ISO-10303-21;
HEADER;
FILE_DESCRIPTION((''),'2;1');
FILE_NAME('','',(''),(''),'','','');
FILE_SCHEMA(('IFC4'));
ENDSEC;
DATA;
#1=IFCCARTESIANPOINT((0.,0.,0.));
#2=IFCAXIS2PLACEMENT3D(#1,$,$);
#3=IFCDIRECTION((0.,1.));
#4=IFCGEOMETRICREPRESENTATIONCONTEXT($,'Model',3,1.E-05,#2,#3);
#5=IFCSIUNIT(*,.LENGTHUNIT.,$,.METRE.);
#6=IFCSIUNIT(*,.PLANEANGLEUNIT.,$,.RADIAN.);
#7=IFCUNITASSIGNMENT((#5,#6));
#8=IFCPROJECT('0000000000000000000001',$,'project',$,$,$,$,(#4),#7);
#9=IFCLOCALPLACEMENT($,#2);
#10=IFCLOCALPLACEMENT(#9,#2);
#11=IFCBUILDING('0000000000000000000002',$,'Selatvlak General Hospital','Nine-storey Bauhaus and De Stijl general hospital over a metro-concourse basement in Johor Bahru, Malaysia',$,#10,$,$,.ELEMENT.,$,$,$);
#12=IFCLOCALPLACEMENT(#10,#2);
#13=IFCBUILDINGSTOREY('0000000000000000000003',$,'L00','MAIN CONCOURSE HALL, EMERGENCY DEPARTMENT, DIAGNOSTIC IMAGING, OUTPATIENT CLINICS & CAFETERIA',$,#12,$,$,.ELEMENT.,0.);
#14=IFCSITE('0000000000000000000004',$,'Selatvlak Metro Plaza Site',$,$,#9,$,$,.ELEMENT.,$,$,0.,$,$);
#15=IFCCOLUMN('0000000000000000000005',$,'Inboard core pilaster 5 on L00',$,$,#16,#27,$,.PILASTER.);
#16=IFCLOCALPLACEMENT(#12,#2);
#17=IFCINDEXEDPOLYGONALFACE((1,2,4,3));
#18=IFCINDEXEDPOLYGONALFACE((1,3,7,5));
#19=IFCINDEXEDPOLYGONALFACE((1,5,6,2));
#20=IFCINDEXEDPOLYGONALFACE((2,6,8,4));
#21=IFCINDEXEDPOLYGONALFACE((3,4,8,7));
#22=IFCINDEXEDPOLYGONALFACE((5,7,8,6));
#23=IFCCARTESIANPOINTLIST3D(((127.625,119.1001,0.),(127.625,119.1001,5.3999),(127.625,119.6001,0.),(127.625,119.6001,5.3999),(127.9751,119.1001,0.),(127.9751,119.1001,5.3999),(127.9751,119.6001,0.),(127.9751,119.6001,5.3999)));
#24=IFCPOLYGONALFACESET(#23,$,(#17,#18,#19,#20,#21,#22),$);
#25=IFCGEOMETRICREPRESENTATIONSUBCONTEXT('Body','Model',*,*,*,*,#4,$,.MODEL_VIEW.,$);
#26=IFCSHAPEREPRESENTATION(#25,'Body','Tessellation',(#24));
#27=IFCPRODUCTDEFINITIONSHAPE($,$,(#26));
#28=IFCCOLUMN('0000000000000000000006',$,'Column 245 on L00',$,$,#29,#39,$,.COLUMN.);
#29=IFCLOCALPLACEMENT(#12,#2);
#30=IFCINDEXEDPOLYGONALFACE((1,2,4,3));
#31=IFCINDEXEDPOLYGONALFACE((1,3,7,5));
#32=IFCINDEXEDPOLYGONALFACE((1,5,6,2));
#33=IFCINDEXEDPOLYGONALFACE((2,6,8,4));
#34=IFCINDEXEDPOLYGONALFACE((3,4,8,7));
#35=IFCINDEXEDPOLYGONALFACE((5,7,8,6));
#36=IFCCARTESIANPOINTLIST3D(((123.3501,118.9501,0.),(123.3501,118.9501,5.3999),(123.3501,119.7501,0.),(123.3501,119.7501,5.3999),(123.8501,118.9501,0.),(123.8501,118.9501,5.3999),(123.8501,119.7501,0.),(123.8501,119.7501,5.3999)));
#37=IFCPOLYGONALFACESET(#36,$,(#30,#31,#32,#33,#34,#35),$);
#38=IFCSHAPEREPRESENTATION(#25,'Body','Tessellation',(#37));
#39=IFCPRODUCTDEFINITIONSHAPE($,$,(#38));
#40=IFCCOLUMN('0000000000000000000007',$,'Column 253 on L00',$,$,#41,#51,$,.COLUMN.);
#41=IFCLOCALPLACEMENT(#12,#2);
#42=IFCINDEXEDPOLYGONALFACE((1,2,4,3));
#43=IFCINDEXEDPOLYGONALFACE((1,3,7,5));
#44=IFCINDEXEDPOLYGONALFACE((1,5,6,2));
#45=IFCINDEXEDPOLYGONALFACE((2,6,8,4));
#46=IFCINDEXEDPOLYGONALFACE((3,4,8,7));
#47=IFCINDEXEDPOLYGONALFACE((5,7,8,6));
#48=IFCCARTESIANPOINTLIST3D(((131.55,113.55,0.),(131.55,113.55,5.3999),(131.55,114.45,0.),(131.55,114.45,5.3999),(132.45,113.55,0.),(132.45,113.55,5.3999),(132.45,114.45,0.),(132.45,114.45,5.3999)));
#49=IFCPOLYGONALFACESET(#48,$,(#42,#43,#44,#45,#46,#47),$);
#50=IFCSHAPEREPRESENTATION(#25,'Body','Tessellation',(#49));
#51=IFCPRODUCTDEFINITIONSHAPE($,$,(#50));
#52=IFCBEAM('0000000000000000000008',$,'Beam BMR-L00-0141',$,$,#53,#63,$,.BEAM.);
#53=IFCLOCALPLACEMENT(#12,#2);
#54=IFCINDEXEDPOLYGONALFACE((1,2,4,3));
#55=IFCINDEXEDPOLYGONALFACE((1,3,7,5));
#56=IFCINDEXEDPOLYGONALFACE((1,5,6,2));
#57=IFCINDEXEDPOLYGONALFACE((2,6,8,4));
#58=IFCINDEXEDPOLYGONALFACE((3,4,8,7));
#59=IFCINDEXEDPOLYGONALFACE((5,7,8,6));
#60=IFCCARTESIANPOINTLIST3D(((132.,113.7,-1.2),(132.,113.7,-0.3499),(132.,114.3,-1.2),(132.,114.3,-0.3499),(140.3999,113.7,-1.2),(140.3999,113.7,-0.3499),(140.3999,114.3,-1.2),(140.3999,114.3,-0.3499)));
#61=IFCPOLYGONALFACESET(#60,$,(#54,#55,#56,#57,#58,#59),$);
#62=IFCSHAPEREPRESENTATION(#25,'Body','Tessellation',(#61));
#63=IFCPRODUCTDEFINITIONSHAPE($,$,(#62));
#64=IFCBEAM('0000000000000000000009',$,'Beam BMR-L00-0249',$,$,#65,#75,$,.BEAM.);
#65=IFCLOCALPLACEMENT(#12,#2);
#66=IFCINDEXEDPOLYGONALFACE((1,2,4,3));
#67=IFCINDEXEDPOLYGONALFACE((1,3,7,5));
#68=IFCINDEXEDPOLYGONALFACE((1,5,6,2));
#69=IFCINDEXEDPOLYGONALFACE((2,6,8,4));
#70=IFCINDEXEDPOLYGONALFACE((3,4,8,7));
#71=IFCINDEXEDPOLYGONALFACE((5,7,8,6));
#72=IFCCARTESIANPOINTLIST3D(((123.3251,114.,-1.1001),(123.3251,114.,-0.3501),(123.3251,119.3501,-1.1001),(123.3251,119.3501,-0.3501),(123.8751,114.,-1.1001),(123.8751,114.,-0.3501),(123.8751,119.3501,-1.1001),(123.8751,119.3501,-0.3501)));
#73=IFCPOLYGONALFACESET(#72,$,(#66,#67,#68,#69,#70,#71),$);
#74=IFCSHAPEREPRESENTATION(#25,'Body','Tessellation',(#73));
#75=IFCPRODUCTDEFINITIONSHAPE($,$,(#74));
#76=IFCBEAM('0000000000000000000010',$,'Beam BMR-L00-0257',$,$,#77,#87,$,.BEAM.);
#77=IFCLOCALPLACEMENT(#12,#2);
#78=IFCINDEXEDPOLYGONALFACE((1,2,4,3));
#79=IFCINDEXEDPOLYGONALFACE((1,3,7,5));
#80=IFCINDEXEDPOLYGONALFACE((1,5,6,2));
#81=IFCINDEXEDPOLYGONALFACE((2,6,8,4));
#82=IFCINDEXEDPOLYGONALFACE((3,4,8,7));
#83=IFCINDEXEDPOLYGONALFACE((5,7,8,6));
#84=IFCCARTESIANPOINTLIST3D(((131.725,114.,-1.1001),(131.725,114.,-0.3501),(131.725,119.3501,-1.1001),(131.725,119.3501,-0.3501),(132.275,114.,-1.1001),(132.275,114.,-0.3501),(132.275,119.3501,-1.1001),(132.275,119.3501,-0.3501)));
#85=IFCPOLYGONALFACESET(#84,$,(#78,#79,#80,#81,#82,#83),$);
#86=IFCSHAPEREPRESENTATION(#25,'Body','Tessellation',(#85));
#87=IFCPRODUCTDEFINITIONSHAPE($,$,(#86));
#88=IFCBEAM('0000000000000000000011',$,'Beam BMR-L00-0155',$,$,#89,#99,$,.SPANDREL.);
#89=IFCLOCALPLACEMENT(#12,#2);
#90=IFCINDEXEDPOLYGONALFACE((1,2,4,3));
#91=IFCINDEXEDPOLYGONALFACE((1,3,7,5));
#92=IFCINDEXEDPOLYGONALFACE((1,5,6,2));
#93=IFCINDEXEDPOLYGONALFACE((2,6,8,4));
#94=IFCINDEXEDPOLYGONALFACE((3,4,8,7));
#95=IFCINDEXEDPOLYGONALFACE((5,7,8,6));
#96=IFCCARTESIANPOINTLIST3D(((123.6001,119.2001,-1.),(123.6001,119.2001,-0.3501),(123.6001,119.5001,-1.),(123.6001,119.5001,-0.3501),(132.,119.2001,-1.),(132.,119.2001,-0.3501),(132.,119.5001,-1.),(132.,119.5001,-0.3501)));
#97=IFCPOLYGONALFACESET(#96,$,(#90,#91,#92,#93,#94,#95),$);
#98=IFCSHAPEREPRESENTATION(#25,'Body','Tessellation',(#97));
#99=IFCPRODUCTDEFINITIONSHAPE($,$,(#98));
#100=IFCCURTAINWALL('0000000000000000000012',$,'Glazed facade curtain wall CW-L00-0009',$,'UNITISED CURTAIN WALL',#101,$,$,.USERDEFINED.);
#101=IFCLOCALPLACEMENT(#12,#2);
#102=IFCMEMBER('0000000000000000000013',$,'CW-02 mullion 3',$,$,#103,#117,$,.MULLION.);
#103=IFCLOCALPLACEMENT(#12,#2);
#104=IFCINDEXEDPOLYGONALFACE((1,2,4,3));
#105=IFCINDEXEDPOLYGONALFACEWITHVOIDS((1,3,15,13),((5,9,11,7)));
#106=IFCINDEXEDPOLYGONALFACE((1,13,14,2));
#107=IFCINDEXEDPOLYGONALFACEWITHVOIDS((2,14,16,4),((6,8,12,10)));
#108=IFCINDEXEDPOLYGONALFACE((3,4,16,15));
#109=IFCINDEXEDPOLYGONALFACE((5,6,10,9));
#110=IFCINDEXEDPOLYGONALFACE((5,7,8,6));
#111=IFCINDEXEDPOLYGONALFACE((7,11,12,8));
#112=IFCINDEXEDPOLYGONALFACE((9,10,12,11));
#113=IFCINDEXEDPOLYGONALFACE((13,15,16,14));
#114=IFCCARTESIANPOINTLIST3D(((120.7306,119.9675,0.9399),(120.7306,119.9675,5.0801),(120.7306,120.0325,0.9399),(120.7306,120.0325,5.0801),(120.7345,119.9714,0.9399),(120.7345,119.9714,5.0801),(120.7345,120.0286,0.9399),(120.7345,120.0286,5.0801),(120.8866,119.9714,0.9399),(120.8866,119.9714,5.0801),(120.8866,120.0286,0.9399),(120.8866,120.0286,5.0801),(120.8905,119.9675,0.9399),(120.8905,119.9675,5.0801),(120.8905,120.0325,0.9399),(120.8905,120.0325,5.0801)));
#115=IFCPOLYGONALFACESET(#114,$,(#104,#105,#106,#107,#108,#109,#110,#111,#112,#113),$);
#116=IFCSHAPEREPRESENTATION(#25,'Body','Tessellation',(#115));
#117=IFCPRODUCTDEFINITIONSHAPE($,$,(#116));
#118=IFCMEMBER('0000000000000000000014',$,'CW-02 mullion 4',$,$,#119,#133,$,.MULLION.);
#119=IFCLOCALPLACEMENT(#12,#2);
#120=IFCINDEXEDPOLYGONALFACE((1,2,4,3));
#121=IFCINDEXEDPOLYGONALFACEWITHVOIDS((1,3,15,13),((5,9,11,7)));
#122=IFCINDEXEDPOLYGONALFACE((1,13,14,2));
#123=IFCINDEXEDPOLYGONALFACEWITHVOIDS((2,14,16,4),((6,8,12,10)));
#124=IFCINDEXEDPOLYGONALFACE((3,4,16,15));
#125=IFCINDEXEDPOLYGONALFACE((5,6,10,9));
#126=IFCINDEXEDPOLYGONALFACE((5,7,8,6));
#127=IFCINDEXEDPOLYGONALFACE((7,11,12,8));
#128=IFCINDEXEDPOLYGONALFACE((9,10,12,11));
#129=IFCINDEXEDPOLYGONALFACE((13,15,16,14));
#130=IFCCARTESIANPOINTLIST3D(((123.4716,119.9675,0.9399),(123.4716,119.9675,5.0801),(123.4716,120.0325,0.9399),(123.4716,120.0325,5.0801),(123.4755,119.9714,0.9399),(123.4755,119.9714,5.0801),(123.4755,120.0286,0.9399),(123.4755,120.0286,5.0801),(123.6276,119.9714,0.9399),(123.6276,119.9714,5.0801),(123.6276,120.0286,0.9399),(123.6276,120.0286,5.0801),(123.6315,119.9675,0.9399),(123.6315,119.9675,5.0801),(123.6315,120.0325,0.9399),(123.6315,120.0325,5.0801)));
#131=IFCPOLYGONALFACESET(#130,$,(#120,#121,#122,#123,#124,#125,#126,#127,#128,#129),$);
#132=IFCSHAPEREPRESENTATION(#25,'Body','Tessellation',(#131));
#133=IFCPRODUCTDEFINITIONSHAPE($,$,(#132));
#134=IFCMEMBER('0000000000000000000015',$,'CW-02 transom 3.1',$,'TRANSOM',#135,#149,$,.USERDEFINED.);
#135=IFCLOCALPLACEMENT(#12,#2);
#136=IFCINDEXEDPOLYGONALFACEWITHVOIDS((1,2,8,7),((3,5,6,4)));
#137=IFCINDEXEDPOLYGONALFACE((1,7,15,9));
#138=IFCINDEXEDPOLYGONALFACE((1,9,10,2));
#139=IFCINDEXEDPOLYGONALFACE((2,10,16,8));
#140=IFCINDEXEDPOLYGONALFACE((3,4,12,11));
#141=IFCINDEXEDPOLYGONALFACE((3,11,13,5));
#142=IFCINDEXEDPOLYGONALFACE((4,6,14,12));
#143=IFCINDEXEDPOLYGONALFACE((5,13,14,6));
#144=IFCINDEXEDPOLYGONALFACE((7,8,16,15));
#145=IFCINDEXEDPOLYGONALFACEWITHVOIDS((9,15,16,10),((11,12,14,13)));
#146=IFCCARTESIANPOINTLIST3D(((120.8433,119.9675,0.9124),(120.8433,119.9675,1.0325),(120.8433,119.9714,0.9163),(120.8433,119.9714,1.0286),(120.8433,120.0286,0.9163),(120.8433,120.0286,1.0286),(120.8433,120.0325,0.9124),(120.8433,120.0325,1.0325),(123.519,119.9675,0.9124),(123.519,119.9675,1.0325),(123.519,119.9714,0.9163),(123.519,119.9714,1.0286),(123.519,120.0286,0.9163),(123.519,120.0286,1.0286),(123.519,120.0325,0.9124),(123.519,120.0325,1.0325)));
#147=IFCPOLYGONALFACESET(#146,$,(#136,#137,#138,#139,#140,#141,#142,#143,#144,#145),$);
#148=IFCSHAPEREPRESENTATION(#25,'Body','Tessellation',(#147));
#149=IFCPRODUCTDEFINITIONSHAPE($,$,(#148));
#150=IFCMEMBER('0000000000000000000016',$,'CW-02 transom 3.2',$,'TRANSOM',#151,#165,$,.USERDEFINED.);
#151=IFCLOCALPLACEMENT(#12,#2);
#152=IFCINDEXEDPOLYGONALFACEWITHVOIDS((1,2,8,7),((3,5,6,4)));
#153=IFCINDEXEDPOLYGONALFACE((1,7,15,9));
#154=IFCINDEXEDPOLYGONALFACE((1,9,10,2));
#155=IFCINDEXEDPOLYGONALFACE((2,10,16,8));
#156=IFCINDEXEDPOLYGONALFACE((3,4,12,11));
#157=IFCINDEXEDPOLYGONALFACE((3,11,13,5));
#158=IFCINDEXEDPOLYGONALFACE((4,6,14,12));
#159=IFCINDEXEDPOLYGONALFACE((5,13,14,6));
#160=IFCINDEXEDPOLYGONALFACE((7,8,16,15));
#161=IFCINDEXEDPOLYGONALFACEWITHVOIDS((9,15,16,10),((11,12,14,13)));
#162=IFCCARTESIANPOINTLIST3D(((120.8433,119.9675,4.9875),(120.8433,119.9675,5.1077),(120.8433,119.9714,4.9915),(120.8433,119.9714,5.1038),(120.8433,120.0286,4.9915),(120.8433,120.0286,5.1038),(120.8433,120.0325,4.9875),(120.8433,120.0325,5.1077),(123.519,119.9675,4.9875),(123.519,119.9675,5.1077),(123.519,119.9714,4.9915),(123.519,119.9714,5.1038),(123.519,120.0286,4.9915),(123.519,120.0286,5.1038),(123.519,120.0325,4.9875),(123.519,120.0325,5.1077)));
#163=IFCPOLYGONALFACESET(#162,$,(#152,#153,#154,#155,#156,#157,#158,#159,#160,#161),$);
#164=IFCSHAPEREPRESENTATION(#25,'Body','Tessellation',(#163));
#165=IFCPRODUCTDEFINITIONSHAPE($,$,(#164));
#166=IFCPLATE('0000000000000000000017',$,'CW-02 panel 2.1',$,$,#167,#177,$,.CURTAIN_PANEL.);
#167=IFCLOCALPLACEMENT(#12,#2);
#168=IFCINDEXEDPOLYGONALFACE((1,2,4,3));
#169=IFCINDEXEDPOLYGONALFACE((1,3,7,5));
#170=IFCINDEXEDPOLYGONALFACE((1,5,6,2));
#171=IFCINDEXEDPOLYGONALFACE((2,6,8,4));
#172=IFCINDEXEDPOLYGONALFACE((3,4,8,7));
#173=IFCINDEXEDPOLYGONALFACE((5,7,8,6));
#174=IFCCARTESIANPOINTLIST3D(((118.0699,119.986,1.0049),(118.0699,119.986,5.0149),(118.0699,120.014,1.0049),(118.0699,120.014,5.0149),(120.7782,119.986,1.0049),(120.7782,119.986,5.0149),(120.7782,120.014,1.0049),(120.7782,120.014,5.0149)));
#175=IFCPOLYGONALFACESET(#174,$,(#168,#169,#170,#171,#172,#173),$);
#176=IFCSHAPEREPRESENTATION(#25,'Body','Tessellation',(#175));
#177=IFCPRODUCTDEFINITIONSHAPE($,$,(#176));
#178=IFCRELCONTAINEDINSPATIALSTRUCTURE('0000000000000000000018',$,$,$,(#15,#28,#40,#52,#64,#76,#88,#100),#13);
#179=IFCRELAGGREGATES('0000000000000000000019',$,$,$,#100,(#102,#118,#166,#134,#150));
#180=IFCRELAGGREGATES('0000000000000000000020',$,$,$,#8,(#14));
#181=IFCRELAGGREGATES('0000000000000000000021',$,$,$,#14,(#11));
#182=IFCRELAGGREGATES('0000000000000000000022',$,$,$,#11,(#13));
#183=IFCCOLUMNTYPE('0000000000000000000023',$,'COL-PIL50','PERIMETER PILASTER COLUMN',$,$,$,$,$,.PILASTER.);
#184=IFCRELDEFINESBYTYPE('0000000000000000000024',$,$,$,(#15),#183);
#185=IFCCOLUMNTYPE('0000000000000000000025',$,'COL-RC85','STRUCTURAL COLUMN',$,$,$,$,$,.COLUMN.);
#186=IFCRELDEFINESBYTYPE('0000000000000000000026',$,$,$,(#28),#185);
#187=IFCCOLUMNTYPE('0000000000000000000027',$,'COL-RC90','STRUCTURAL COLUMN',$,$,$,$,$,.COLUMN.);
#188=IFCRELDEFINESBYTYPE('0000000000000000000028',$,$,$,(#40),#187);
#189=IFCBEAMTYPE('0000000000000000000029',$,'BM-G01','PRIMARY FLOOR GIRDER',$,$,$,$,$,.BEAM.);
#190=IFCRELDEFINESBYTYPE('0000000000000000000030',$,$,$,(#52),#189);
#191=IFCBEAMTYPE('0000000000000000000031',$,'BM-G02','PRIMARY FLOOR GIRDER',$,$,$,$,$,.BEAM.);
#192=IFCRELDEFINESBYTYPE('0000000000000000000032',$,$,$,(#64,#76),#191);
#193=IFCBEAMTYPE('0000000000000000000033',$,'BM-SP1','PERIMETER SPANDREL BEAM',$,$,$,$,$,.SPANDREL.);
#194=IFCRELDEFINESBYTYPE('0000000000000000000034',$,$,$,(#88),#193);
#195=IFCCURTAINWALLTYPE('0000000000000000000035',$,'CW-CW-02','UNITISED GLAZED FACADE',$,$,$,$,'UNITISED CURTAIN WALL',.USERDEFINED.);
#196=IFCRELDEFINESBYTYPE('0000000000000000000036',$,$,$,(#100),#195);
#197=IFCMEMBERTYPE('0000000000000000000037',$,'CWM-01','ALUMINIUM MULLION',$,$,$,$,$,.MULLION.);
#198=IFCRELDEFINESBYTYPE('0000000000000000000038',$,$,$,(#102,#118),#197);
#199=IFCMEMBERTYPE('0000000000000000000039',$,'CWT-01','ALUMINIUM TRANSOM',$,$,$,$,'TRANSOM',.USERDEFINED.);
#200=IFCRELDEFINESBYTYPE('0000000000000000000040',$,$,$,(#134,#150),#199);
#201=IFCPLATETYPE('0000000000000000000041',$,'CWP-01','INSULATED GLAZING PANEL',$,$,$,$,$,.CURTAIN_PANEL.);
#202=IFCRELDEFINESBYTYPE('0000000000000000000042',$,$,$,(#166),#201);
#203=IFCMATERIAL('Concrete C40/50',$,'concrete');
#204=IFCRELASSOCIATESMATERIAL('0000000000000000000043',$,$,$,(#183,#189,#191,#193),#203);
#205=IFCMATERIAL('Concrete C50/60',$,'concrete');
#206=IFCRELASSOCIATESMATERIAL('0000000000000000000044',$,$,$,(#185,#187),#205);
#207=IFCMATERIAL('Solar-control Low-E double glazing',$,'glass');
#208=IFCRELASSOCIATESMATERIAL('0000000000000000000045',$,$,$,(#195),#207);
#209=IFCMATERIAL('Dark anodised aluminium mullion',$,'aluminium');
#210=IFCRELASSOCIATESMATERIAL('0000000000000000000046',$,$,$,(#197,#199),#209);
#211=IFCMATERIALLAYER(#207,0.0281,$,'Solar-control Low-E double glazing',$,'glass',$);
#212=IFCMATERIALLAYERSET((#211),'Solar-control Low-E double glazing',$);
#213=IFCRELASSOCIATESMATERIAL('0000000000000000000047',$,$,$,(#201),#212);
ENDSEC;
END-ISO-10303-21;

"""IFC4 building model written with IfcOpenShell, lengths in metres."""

from ifc_helpers import new_model, si_unit, direction, frame, origin, origin_2d, place, context, subcontext, project, spatial, rectangle, hollow_rectangle, extrude, material, layer, layer_set, material_profile, profile_set, type_object, element, aggregate, save


model = new_model("IFC4")

# Units and contexts
model_context = context("Model", 3, precision=1e-05, world=origin(), true_north=direction((0.0, 1.0)))
body_context = subcontext(model_context, "Body", "Model", "MODEL_VIEW")
ifc_project = project(units=[si_unit("LENGTHUNIT", "METRE"), si_unit("PLANEANGLEUNIT", "RADIAN")], contexts=[model_context])

# Site, building, storey
site_placement = place(None, origin())
site = spatial("IfcSite", under=ifc_project, at=site_placement, Name="Selatvlak Metro Plaza Site", CompositionType="ELEMENT", RefElevation=0.0)
building_placement = place(site_placement, origin())
building = spatial("IfcBuilding", under=site, at=building_placement, Name="Selatvlak General Hospital", Description="Nine-storey Bauhaus and De Stijl general hospital over a metro-concourse basement in Johor Bahru, Malaysia", CompositionType="ELEMENT")
storey_placement = place(building_placement, origin())
storey = spatial("IfcBuildingStorey", under=building, at=storey_placement, Name="L00", Description="MAIN CONCOURSE HALL, EMERGENCY DEPARTMENT, DIAGNOSTIC IMAGING, OUTPATIENT CLINICS & CAFETERIA", CompositionType="ELEMENT", Elevation=0.0)

# Columns
ifc_material_1 = material(Name="Concrete C40/50", Category="concrete")
ifc_material_profile_1 = material_profile(ifc_material_1, rectangle(XDim=0.3501, YDim=0.5, at=origin_2d()), Name="RC-PIL 500x350")
ifc_profile_set_1 = profile_set([ifc_material_profile_1], Name="Concrete C40/50")
column_type_1 = type_object("IfcColumnType", Name="COL-PIL50", Description="PERIMETER PILASTER COLUMN", PredefinedType="PILASTER", material=ifc_profile_set_1)
column_1_placement = place(storey_placement, frame((127.8, 119.3501, 0.0), z_axis=(0.0, 0.0, 1.0), x_axis=(1.0, 0.0, 0.0)))
element("IfcColumn", 1, at=column_1_placement, inside=storey, type_object=column_type_1, Name="Inboard core pilaster 5 on L00", PredefinedType="PILASTER", context=body_context, shape_type="SweptSolid", body=[
    extrude(rectangle(XDim=0.3501, YDim=0.5, at=origin_2d()), origin(), (0.0, 0.0, 1.0), 5.3999),
])
ifc_material_2 = material(Name="Concrete C50/60", Category="concrete")
ifc_material_profile_2 = material_profile(ifc_material_2, rectangle(XDim=0.5, YDim=0.8, at=origin_2d()), Name="RC-COL 800x500")
ifc_profile_set_2 = profile_set([ifc_material_profile_2], Name="Concrete C50/60")
column_type_2 = type_object("IfcColumnType", Name="COL-RC85", Description="STRUCTURAL COLUMN", PredefinedType="COLUMN", material=ifc_profile_set_2)
column_2_placement = place(storey_placement, frame((123.6001, 119.3501, 0.0), z_axis=(0.0, 0.0, 1.0), x_axis=(1.0, 0.0, 0.0)))
element("IfcColumn", 2, at=column_2_placement, inside=storey, type_object=column_type_2, Name="Column 245 on L00", PredefinedType="COLUMN", context=body_context, shape_type="SweptSolid", body=[
    extrude(rectangle(XDim=0.5, YDim=0.8, at=origin_2d()), origin(), (0.0, 0.0, 1.0), 5.3999),
])
ifc_material_profile_3 = material_profile(ifc_material_2, rectangle(XDim=0.8999, YDim=0.8999, at=origin_2d()), Name="RC-COL 900x900")
ifc_profile_set_3 = profile_set([ifc_material_profile_3], Name="Concrete C50/60")
column_type_3 = type_object("IfcColumnType", Name="COL-RC90", Description="STRUCTURAL COLUMN", PredefinedType="COLUMN", material=ifc_profile_set_3)
column_3_placement = place(storey_placement, frame((132.0, 114.0, 0.0), z_axis=(0.0, 0.0, 1.0), x_axis=(1.0, 0.0, 0.0)))
element("IfcColumn", 3, at=column_3_placement, inside=storey, type_object=column_type_3, Name="Column 253 on L00", PredefinedType="COLUMN", context=body_context, shape_type="SweptSolid", body=[
    extrude(rectangle(XDim=0.8999, YDim=0.8999, at=origin_2d()), origin(), (0.0, 0.0, 1.0), 5.3999),
])

# Beams
ifc_material_profile_4 = material_profile(ifc_material_1, rectangle(XDim=0.6001, YDim=0.8501, at=origin_2d()), Name="RC-BM 600x850")
ifc_profile_set_4 = profile_set([ifc_material_profile_4], Name="Concrete C40/50")
beam_type_1 = type_object("IfcBeamType", Name="BM-G01", Description="PRIMARY FLOOR GIRDER", PredefinedType="BEAM", material=ifc_profile_set_4)
beam_1_placement = place(storey_placement, frame((132.0, 114.0, -0.7749), z_axis=(1.0, 0.0, 0.0), x_axis=(0.0, 1.0, 0.0)))
element("IfcBeam", 4, at=beam_1_placement, inside=storey, type_object=beam_type_1, Name="Beam BMR-L00-0141", PredefinedType="BEAM", context=body_context, shape_type="SweptSolid", body=[
    extrude(rectangle(XDim=0.6001, YDim=0.8501, at=origin_2d()), origin(), (0.0, 0.0, 1.0), 8.3999),
])
ifc_material_profile_5 = material_profile(ifc_material_1, rectangle(XDim=0.55, YDim=0.75, at=origin_2d()), Name="RC-BM 550x750")
ifc_profile_set_5 = profile_set([ifc_material_profile_5], Name="Concrete C40/50")
beam_type_2 = type_object("IfcBeamType", Name="BM-G02", Description="PRIMARY FLOOR GIRDER", PredefinedType="BEAM", material=ifc_profile_set_5)
for number, where, z_axis, x_axis, name in (
    (5, (123.6001, 114.0, -0.7251), (0.0, 1.0, 0.0), (-1.0, 0.0, 0.0), "Beam BMR-L00-0249"),
    (6, (132.0, 114.0, -0.7251), (0.0, 1.0, 0.0), (-1.0, 0.0, 0.0), "Beam BMR-L00-0257"),
):
    element("IfcBeam", number, at=place(storey_placement, frame(where, z_axis=z_axis, x_axis=x_axis)), inside=storey, type_object=beam_type_2, Name=name, PredefinedType="BEAM", context=body_context, shape_type="SweptSolid", body=[
        extrude(rectangle(XDim=0.55, YDim=0.75, at=origin_2d()), origin(), (0.0, 0.0, 1.0), 5.3501),
    ])
ifc_material_profile_6 = material_profile(ifc_material_1, rectangle(XDim=0.3, YDim=0.6499, at=origin_2d()), Name="RC-SP 300x650")
ifc_profile_set_6 = profile_set([ifc_material_profile_6], Name="Concrete C40/50")
beam_type_3 = type_object("IfcBeamType", Name="BM-SP1", Description="PERIMETER SPANDREL BEAM", PredefinedType="SPANDREL", material=ifc_profile_set_6)
beam_2_placement = place(storey_placement, frame((123.6001, 119.3501, -0.675), z_axis=(1.0, 0.0, 0.0), x_axis=(0.0, 1.0, 0.0)))
element("IfcBeam", 7, at=beam_2_placement, inside=storey, type_object=beam_type_3, Name="Beam BMR-L00-0155", PredefinedType="SPANDREL", context=body_context, shape_type="SweptSolid", body=[
    extrude(rectangle(XDim=0.3, YDim=0.6499, at=origin_2d()), origin(), (0.0, 0.0, 1.0), 8.3999),
])

# Curtain wall, members, plate
ifc_material_3 = material(Name="Solar-control Low-E double glazing", Category="glass")
curtain_wall_type = type_object("IfcCurtainWallType", Name="CW-CW-02", Description="UNITISED GLAZED FACADE", ElementType="UNITISED CURTAIN WALL", PredefinedType="USERDEFINED", material=ifc_material_3)
curtain_wall_placement = place(storey_placement, origin())
curtain_wall = element("IfcCurtainWall", 8, at=curtain_wall_placement, inside=storey, type_object=curtain_wall_type, Name="Glazed facade curtain wall CW-L00-0009", ObjectType="UNITISED CURTAIN WALL", PredefinedType="USERDEFINED")
ifc_material_4 = material(Name="Dark anodised aluminium mullion", Category="aluminium")
ifc_material_profile_7 = material_profile(ifc_material_4, hollow_rectangle(XDim=0.0649, YDim=0.1599, WallThickness=0.0039, at=origin_2d()), Name="AL-MUL 65x160x4")
ifc_profile_set_7 = profile_set([ifc_material_profile_7], Name="Dark anodised aluminium mullion")
member_type_1 = type_object("IfcMemberType", Name="CWM-01", Description="ALUMINIUM MULLION", PredefinedType="MULLION", material=ifc_profile_set_7)
member_1_placement = place(storey_placement, frame((120.8105, 120.0, 0.9399), z_axis=(0.0, 0.0, 1.0), x_axis=(0.0, 1.0, 0.0)))
member_1 = element("IfcMember", 9, at=member_1_placement, type_object=member_type_1, Name="CW-02 mullion 3", PredefinedType="MULLION", context=body_context, shape_type="SweptSolid", body=[
    extrude(hollow_rectangle(XDim=0.0649, YDim=0.1599, WallThickness=0.0039, at=origin_2d()), origin(), (0.0, 0.0, 1.0), 4.1401),
])
member_2_placement = place(storey_placement, frame((123.5515, 120.0, 0.9399), z_axis=(0.0, 0.0, 1.0), x_axis=(0.0, 1.0, 0.0)))
member_2 = element("IfcMember", 10, at=member_2_placement, type_object=member_type_1, Name="CW-02 mullion 4", PredefinedType="MULLION", context=body_context, shape_type="SweptSolid", body=[
    extrude(hollow_rectangle(XDim=0.0649, YDim=0.1599, WallThickness=0.0039, at=origin_2d()), origin(), (0.0, 0.0, 1.0), 4.1401),
])
ifc_material_profile_8 = material_profile(ifc_material_4, hollow_rectangle(XDim=0.0649, YDim=0.1201, WallThickness=0.0039, at=origin_2d()), Name="AL-TRN 65x120x4")
ifc_profile_set_8 = profile_set([ifc_material_profile_8], Name="Dark anodised aluminium mullion")
member_type_2 = type_object("IfcMemberType", Name="CWT-01", Description="ALUMINIUM TRANSOM", ElementType="TRANSOM", PredefinedType="USERDEFINED", material=ifc_profile_set_8)
member_3_placement = place(storey_placement, frame((120.8433, 120.0, 0.9724), z_axis=(1.0, 0.0, 0.0), x_axis=(0.0, 1.0, 0.0)))
member_3 = element("IfcMember", 11, at=member_3_placement, type_object=member_type_2, Name="CW-02 transom 3.1", ObjectType="TRANSOM", PredefinedType="USERDEFINED", context=body_context, shape_type="SweptSolid", body=[
    extrude(hollow_rectangle(XDim=0.0649, YDim=0.1201, WallThickness=0.0039, at=origin_2d()), origin(), (0.0, 0.0, 1.0), 2.6758),
])
member_4_placement = place(storey_placement, frame((120.8433, 120.0, 5.0476), z_axis=(1.0, 0.0, 0.0), x_axis=(0.0, 1.0, 0.0)))
member_4 = element("IfcMember", 12, at=member_4_placement, type_object=member_type_2, Name="CW-02 transom 3.2", ObjectType="TRANSOM", PredefinedType="USERDEFINED", context=body_context, shape_type="SweptSolid", body=[
    extrude(hollow_rectangle(XDim=0.0649, YDim=0.1201, WallThickness=0.0039, at=origin_2d()), origin(), (0.0, 0.0, 1.0), 2.6758),
])
ifc_layer_1 = layer(ifc_material_3, 0.0281, Name="Solar-control Low-E double glazing", Category="glass")
ifc_layer_set_1 = layer_set([ifc_layer_1], Name="Solar-control Low-E double glazing")
plate_type = type_object("IfcPlateType", Name="CWP-01", Description="INSULATED GLAZING PANEL", PredefinedType="CURTAIN_PANEL", material=ifc_layer_set_1)
plate_1_placement = place(storey_placement, frame((119.4241, 120.0, 1.0049), z_axis=(0.0, 0.0, 1.0), x_axis=(1.0, 0.0, 0.0)))
plate_1 = element("IfcPlate", 13, at=plate_1_placement, type_object=plate_type, Name="CW-02 panel 2.1", PredefinedType="CURTAIN_PANEL", context=body_context, shape_type="SweptSolid", body=[
    extrude(rectangle(XDim=2.7083, YDim=0.0281, at=origin_2d()), origin(), (0.0, 0.0, 1.0), 4.01),
])
aggregate(curtain_wall, [member_1, member_2, plate_1, member_3, member_4])

save(model, "model.ifc")
